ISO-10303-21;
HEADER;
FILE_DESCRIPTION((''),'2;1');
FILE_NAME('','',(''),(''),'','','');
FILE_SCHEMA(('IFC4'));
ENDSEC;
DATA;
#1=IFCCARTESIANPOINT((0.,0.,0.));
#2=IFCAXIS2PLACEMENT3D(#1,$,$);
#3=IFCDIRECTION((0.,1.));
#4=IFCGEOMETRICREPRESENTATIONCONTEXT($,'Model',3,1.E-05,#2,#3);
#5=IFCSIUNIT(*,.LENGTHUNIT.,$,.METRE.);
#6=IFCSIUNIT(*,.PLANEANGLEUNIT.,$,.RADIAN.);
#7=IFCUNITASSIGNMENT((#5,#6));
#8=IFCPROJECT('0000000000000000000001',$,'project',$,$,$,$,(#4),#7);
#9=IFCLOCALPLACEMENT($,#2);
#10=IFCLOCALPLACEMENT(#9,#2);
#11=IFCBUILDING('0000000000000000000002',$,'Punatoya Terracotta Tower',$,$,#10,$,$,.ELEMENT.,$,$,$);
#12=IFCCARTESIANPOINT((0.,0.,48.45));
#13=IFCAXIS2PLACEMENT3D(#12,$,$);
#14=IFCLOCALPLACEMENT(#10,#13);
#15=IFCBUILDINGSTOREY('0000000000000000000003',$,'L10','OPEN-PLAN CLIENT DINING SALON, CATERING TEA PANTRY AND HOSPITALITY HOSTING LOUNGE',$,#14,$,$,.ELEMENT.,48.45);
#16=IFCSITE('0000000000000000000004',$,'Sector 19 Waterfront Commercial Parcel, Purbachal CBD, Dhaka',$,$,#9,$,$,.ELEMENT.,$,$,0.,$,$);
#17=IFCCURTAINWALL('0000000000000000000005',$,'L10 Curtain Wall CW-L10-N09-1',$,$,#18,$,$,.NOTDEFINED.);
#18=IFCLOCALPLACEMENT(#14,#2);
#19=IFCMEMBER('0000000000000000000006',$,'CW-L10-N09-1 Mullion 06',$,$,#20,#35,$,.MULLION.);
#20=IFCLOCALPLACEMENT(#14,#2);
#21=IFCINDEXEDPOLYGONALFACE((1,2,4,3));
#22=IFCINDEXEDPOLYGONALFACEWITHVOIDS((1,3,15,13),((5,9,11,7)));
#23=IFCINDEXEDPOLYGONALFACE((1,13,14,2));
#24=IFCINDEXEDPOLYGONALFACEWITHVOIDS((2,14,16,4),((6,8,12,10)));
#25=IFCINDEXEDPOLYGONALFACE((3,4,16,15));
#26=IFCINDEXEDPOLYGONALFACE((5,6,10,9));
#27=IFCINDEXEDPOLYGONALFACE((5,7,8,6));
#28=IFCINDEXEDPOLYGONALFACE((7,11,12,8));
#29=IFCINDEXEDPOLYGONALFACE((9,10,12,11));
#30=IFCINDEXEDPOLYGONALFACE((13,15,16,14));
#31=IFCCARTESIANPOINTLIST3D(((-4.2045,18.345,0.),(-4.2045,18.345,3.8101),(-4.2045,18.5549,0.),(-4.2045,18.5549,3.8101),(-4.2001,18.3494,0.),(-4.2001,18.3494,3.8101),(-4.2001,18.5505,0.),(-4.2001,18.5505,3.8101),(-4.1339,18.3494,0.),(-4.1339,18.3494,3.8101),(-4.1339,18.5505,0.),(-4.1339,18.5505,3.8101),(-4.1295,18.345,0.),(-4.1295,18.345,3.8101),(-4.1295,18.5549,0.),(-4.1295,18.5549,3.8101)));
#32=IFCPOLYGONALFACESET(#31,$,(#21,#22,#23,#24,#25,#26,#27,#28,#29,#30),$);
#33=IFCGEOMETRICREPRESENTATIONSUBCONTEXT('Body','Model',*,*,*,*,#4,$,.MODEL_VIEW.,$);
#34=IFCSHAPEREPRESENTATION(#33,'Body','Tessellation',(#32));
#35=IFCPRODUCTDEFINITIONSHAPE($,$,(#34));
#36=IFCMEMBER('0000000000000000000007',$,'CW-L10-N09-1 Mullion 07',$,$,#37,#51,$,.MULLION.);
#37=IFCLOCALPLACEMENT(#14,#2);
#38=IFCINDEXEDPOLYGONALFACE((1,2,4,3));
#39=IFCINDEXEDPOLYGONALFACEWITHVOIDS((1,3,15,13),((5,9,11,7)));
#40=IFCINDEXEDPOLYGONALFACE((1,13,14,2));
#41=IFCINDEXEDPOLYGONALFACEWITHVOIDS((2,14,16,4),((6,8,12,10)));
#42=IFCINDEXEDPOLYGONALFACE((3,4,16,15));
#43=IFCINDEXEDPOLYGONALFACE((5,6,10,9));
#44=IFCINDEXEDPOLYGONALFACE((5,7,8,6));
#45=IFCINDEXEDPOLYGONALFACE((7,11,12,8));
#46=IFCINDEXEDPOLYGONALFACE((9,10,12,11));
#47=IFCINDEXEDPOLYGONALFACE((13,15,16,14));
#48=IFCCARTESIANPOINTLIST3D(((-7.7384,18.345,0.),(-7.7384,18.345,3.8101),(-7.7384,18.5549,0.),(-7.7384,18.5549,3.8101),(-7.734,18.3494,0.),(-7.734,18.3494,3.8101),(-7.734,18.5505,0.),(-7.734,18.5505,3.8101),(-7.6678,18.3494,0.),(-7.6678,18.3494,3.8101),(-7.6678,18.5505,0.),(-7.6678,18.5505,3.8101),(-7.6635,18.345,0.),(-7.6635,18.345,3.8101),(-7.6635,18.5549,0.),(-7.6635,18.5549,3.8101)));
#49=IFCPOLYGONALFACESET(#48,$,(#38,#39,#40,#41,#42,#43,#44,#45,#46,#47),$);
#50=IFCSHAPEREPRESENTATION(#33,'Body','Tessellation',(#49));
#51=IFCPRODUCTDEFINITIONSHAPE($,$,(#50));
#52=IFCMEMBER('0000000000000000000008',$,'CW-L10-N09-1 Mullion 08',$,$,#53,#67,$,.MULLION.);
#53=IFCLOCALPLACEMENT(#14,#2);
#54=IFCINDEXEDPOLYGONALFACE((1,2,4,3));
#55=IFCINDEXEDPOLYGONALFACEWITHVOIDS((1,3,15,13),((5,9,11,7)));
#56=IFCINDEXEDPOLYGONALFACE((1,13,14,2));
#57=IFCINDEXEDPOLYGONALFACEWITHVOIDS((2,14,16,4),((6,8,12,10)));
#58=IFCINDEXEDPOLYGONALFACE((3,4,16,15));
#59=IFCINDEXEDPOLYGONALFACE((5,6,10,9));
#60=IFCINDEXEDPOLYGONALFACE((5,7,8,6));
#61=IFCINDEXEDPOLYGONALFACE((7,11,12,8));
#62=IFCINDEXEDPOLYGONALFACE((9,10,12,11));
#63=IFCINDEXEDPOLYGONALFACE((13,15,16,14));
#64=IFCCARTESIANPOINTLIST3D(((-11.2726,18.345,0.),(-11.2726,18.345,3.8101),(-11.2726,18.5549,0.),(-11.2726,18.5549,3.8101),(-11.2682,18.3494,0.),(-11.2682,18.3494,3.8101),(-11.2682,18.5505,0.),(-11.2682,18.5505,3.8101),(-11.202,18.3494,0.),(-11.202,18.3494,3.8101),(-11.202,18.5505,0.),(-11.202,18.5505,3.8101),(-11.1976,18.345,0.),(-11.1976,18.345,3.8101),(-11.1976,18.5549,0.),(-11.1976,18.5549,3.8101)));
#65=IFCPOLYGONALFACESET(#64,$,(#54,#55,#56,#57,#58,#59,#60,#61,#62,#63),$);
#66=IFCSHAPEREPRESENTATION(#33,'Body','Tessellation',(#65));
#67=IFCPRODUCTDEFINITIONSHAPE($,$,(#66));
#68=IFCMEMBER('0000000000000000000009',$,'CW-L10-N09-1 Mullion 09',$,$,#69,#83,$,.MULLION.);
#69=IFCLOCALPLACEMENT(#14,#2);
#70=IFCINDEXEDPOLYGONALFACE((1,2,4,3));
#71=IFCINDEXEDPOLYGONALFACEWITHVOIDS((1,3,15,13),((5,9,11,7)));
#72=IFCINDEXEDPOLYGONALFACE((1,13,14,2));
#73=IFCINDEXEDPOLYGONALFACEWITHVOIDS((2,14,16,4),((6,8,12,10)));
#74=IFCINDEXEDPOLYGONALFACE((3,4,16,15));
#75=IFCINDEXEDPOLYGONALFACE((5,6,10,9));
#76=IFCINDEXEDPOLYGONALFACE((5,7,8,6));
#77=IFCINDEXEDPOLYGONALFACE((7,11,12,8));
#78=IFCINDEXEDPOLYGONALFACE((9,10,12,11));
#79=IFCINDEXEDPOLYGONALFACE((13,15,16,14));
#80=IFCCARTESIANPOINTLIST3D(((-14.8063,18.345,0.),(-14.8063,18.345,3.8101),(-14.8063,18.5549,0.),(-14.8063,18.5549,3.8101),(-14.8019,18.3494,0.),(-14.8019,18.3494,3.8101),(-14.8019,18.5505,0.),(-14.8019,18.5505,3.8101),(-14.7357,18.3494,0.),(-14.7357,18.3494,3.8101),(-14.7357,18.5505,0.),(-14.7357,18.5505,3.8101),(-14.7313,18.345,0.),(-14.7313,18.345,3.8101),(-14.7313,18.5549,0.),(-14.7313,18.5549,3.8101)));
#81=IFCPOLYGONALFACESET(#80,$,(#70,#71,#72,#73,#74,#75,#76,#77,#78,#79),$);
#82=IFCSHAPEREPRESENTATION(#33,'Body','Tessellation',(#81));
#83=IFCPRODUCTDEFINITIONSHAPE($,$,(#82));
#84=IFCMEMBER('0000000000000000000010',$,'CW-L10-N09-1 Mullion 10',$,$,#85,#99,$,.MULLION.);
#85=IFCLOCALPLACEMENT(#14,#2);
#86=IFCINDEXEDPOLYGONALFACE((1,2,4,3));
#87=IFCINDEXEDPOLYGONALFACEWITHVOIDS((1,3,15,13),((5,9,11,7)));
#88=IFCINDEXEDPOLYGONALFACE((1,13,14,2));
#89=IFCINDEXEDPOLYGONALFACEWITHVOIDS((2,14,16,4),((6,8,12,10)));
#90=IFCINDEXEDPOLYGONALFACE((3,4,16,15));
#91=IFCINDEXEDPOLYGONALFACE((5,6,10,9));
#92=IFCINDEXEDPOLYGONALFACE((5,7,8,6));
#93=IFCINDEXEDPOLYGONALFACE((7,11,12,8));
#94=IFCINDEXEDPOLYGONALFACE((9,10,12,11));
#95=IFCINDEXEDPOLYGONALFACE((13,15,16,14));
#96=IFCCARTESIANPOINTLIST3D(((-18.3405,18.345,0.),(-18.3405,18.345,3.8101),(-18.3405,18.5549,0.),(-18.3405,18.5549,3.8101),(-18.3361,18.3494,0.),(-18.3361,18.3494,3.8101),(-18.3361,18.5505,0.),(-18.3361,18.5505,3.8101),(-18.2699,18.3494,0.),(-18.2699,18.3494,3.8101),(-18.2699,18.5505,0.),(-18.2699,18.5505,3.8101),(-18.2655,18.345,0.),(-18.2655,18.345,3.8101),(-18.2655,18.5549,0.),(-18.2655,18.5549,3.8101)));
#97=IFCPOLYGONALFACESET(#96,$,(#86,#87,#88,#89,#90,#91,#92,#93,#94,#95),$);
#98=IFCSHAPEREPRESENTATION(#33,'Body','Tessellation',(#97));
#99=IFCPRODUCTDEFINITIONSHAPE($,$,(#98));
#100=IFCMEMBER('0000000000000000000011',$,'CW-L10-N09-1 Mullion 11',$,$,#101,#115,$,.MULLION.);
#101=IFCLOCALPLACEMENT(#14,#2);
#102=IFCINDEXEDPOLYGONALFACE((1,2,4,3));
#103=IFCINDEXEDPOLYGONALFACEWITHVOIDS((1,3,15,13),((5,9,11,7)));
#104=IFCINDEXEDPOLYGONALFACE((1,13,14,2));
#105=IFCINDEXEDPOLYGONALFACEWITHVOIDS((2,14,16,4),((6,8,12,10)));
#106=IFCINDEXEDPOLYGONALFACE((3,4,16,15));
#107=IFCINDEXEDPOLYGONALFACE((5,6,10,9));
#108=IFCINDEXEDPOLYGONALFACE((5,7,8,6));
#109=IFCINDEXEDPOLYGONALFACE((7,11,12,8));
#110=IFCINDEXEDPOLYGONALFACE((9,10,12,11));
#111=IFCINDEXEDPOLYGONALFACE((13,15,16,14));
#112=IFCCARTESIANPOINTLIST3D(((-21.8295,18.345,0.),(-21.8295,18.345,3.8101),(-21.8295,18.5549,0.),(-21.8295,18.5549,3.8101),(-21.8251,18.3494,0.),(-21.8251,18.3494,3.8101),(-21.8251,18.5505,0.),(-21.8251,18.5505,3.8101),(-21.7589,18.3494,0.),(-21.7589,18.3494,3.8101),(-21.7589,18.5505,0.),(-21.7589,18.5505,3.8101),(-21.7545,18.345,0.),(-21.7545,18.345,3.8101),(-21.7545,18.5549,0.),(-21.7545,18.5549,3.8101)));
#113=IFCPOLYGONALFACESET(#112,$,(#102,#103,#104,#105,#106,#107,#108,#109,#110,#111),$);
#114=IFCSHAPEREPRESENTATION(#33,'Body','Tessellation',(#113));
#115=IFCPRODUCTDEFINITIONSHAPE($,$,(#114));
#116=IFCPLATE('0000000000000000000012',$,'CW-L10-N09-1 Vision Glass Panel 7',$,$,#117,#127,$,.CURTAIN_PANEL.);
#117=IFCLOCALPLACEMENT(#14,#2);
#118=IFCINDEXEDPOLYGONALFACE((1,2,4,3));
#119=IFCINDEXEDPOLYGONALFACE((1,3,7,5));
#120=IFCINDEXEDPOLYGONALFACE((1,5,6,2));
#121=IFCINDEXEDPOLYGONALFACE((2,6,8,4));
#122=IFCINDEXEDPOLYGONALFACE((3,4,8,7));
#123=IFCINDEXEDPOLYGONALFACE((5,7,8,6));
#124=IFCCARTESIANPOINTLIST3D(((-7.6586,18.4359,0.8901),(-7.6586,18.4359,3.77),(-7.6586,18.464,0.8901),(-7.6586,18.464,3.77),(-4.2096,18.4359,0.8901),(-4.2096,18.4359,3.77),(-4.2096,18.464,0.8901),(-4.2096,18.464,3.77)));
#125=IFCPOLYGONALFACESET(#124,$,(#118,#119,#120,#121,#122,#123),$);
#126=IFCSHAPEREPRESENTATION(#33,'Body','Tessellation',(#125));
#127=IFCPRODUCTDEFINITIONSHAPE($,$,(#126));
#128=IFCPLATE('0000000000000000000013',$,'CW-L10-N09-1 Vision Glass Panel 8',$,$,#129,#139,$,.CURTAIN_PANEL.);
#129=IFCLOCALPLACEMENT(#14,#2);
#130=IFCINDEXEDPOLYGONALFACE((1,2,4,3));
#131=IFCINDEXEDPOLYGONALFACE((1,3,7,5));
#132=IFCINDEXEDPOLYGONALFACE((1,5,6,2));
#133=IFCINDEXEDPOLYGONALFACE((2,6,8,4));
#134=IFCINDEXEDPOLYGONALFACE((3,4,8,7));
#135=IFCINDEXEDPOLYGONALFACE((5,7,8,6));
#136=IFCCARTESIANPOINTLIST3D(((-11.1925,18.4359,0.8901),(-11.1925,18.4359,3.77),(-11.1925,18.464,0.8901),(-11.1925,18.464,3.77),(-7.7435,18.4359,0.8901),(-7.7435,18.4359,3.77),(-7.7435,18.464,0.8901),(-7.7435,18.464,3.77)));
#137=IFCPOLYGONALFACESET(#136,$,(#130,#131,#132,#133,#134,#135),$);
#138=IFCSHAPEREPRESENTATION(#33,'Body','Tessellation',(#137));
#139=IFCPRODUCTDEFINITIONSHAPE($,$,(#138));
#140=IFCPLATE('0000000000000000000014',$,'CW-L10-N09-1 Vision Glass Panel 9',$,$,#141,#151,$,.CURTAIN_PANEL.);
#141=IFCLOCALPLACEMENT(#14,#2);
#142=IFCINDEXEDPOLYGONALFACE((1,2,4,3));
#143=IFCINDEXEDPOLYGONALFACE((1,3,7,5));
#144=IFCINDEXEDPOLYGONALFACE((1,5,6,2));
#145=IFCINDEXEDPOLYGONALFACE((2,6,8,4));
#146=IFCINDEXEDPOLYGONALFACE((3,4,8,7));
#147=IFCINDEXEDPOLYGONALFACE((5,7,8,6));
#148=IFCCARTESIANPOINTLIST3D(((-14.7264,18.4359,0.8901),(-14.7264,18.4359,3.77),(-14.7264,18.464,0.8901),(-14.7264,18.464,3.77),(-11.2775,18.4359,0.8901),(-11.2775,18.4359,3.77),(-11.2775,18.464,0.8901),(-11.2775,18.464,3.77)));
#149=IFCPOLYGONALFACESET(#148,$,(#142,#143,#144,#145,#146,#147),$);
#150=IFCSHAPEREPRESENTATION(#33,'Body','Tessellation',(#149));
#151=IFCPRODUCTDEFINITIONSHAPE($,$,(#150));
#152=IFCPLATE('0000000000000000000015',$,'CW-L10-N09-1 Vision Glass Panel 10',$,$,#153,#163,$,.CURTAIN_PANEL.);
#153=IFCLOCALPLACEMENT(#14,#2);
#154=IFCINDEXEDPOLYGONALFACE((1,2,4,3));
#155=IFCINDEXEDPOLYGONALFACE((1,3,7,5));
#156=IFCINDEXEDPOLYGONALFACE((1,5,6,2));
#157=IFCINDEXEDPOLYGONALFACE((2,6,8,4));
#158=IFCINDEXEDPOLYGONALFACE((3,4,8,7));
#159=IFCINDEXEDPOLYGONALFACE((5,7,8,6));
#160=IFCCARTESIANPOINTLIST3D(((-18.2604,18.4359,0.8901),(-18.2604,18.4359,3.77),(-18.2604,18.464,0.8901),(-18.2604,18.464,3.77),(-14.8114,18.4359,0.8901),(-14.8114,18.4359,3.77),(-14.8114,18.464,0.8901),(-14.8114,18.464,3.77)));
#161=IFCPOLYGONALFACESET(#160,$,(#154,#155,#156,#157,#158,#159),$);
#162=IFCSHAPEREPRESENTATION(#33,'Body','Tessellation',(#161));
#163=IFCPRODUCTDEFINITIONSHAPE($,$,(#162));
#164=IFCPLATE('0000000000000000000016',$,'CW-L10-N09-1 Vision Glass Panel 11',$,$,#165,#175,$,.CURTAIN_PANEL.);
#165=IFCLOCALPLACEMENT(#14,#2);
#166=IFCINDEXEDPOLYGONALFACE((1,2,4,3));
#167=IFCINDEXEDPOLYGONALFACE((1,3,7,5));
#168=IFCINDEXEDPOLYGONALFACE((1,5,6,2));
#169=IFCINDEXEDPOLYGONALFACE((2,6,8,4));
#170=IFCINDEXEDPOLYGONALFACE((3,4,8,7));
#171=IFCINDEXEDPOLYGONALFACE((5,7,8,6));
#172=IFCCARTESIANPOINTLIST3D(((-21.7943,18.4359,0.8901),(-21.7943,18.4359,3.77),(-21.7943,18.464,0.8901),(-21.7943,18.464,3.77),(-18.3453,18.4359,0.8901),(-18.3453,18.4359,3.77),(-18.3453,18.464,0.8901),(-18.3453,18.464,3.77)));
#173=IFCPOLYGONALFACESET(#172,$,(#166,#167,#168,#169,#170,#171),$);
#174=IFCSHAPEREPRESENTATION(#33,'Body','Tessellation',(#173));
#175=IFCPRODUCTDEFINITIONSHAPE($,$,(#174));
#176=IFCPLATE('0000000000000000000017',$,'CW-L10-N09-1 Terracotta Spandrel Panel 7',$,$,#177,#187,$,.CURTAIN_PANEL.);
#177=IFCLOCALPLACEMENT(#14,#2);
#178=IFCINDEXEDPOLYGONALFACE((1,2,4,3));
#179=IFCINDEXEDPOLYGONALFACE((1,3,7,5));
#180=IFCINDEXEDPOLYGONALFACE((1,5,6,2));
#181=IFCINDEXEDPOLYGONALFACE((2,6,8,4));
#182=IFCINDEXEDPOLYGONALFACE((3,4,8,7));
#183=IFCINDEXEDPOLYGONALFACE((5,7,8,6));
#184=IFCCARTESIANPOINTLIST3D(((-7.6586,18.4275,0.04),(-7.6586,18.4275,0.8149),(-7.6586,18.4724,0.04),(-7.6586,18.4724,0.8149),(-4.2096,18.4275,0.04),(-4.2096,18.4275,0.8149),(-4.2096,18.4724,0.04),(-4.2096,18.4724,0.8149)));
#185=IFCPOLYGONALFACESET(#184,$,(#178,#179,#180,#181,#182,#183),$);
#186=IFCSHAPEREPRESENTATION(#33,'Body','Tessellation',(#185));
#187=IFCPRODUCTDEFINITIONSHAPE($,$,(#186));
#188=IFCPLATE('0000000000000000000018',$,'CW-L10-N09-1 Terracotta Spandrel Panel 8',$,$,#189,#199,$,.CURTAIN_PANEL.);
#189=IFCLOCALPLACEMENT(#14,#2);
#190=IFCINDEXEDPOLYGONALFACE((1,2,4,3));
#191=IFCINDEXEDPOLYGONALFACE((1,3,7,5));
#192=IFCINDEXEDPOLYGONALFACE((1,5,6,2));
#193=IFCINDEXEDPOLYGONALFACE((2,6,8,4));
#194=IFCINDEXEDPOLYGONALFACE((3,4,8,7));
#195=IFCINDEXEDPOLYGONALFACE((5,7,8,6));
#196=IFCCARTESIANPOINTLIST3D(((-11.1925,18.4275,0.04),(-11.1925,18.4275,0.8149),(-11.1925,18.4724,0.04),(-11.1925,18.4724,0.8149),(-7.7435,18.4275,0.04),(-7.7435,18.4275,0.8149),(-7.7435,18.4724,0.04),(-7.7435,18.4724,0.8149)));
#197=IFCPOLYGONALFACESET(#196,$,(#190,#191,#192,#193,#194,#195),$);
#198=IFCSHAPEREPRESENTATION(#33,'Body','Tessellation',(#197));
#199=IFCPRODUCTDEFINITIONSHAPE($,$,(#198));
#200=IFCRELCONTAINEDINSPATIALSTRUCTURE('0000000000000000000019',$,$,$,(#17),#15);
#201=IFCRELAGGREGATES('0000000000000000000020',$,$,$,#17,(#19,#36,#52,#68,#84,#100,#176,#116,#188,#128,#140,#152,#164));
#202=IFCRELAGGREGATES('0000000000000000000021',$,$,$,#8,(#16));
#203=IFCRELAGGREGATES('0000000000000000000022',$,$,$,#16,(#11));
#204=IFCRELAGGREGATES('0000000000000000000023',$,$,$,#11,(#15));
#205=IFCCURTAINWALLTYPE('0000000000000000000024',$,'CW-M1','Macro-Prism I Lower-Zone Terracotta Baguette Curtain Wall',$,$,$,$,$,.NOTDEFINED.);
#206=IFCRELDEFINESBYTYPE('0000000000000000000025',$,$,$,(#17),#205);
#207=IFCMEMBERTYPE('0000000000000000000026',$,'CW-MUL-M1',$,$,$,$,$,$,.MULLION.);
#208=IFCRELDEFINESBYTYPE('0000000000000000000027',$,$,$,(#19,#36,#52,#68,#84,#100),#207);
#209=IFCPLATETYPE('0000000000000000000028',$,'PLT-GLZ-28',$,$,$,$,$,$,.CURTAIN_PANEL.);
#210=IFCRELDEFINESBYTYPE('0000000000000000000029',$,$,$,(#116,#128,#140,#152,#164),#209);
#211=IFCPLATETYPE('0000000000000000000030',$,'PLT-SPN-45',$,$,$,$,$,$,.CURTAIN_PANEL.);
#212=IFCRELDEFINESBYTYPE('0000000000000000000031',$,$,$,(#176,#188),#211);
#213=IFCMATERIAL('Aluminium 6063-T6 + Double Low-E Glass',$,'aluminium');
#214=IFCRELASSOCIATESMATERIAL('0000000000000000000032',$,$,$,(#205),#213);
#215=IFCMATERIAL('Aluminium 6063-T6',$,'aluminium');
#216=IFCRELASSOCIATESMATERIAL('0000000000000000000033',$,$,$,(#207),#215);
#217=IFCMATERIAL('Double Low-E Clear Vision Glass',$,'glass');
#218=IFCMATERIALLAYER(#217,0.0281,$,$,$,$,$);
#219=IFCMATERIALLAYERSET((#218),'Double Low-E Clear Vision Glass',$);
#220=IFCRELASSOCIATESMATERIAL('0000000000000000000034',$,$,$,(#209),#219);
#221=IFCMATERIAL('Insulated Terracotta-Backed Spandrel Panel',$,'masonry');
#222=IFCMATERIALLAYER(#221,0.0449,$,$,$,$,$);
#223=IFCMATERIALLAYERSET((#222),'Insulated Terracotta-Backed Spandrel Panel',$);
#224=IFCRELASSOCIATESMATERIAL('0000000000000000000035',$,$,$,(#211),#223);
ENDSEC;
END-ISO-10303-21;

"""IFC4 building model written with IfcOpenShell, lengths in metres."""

from ifc_helpers import new_model, si_unit, direction, frame, origin, origin_2d, place, context, subcontext, project, spatial, rectangle, hollow_rectangle, extrude, material, layer, layer_set, material_profile, profile_set, type_object, element, aggregate, save


model = new_model("IFC4")

# Units and contexts
model_context = context("Model", 3, precision=1e-05, world=origin(), true_north=direction((0.0, 1.0)))
body_context = subcontext(model_context, "Body", "Model", "MODEL_VIEW")
ifc_project = project(units=[si_unit("LENGTHUNIT", "METRE"), si_unit("PLANEANGLEUNIT", "RADIAN")], contexts=[model_context])

# Site, building, storey
site_placement = place(None, origin())
site = spatial("IfcSite", under=ifc_project, at=site_placement, Name="Sector 19 Waterfront Commercial Parcel, Purbachal CBD, Dhaka", CompositionType="ELEMENT", RefElevation=0.0)
building_placement = place(site_placement, origin())
building = spatial("IfcBuilding", under=site, at=building_placement, Name="Punatoya Terracotta Tower", CompositionType="ELEMENT")
storey_placement = place(building_placement, frame((0.0, 0.0, 48.45)))
storey = spatial("IfcBuildingStorey", under=building, at=storey_placement, Name="L10", Description="OPEN-PLAN CLIENT DINING SALON, CATERING TEA PANTRY AND HOSPITALITY HOSTING LOUNGE", CompositionType="ELEMENT", Elevation=48.45)

# Curtain wall, members, plates
ifc_material_1 = material(Name="Aluminium 6063-T6 + Double Low-E Glass", Category="aluminium")
curtain_wall_type = type_object("IfcCurtainWallType", Name="CW-M1", Description="Macro-Prism I Lower-Zone Terracotta Baguette Curtain Wall", PredefinedType="NOTDEFINED", material=ifc_material_1)
curtain_wall_placement = place(storey_placement, origin())
curtain_wall = element("IfcCurtainWall", 1, at=curtain_wall_placement, inside=storey, type_object=curtain_wall_type, Name="L10 Curtain Wall CW-L10-N09-1", PredefinedType="NOTDEFINED")
ifc_material_2 = material(Name="Aluminium 6063-T6", Category="aluminium")
ifc_material_profile_1 = material_profile(ifc_material_2, hollow_rectangle(XDim=0.075, YDim=0.21, WallThickness=0.0044, at=origin_2d()))
ifc_profile_set_1 = profile_set([ifc_material_profile_1], Name="Aluminium 6063-T6")
member_type = type_object("IfcMemberType", Name="CW-MUL-M1", PredefinedType="MULLION", material=ifc_profile_set_1)
member_1_placement = place(storey_placement, frame((-4.167, 18.45, 0.0), z_axis=(0.0, 0.0, 1.0), x_axis=(1.0, 0.0, 0.0)))
member_1 = element("IfcMember", 2, at=member_1_placement, type_object=member_type, Name="CW-L10-N09-1 Mullion 06", PredefinedType="MULLION", context=body_context, shape_type="SweptSolid", body=[
    extrude(hollow_rectangle(XDim=0.075, YDim=0.21, WallThickness=0.0044, at=origin_2d()), origin(), (0.0, 0.0, 1.0), 3.8101),
])
member_2_placement = place(storey_placement, frame((-7.7009, 18.45, 0.0), z_axis=(0.0, 0.0, 1.0), x_axis=(1.0, 0.0, 0.0)))
member_2 = element("IfcMember", 3, at=member_2_placement, type_object=member_type, Name="CW-L10-N09-1 Mullion 07", PredefinedType="MULLION", context=body_context, shape_type="SweptSolid", body=[
    extrude(hollow_rectangle(XDim=0.075, YDim=0.21, WallThickness=0.0044, at=origin_2d()), origin(), (0.0, 0.0, 1.0), 3.8101),
])
member_3_placement = place(storey_placement, frame((-11.2351, 18.45, 0.0), z_axis=(0.0, 0.0, 1.0), x_axis=(1.0, 0.0, 0.0)))
member_3 = element("IfcMember", 4, at=member_3_placement, type_object=member_type, Name="CW-L10-N09-1 Mullion 08", PredefinedType="MULLION", context=body_context, shape_type="SweptSolid", body=[
    extrude(hollow_rectangle(XDim=0.075, YDim=0.21, WallThickness=0.0044, at=origin_2d()), origin(), (0.0, 0.0, 1.0), 3.8101),
])
member_4_placement = place(storey_placement, frame((-14.7688, 18.45, 0.0), z_axis=(0.0, 0.0, 1.0), x_axis=(1.0, 0.0, 0.0)))
member_4 = element("IfcMember", 5, at=member_4_placement, type_object=member_type, Name="CW-L10-N09-1 Mullion 09", PredefinedType="MULLION", context=body_context, shape_type="SweptSolid", body=[
    extrude(hollow_rectangle(XDim=0.075, YDim=0.21, WallThickness=0.0044, at=origin_2d()), origin(), (0.0, 0.0, 1.0), 3.8101),
])
member_5_placement = place(storey_placement, frame((-18.303, 18.45, 0.0), z_axis=(0.0, 0.0, 1.0), x_axis=(1.0, 0.0, 0.0)))
member_5 = element("IfcMember", 6, at=member_5_placement, type_object=member_type, Name="CW-L10-N09-1 Mullion 10", PredefinedType="MULLION", context=body_context, shape_type="SweptSolid", body=[
    extrude(hollow_rectangle(XDim=0.075, YDim=0.21, WallThickness=0.0044, at=origin_2d()), origin(), (0.0, 0.0, 1.0), 3.8101),
])
member_6_placement = place(storey_placement, frame((-21.792, 18.45, 0.0), z_axis=(0.0, 0.0, 1.0), x_axis=(1.0, 0.0, 0.0)))
member_6 = element("IfcMember", 7, at=member_6_placement, type_object=member_type, Name="CW-L10-N09-1 Mullion 11", PredefinedType="MULLION", context=body_context, shape_type="SweptSolid", body=[
    extrude(hollow_rectangle(XDim=0.075, YDim=0.21, WallThickness=0.0044, at=origin_2d()), origin(), (0.0, 0.0, 1.0), 3.8101),
])
ifc_material_3 = material(Name="Double Low-E Clear Vision Glass", Category="glass")
ifc_layer_1 = layer(ifc_material_3, 0.0281)
ifc_layer_set_1 = layer_set([ifc_layer_1], Name="Double Low-E Clear Vision Glass")
plate_type_1 = type_object("IfcPlateType", Name="PLT-GLZ-28", PredefinedType="CURTAIN_PANEL", material=ifc_layer_set_1)
plate_1_placement = place(storey_placement, frame((-5.9341, 18.45, 0.8901), z_axis=(0.0, 0.0, 1.0), x_axis=(-1.0, 0.0, 0.0)))
plate_1 = element("IfcPlate", 8, at=plate_1_placement, type_object=plate_type_1, Name="CW-L10-N09-1 Vision Glass Panel 7", PredefinedType="CURTAIN_PANEL", context=body_context, shape_type="SweptSolid", body=[
    extrude(rectangle(XDim=3.449, YDim=0.0281, at=origin_2d()), origin(), (0.0, 0.0, 1.0), 2.8799),
])
plate_2_placement = place(storey_placement, frame((-9.468, 18.45, 0.8901), z_axis=(0.0, 0.0, 1.0), x_axis=(-1.0, 0.0, 0.0)))
plate_2 = element("IfcPlate", 9, at=plate_2_placement, type_object=plate_type_1, Name="CW-L10-N09-1 Vision Glass Panel 8", PredefinedType="CURTAIN_PANEL", context=body_context, shape_type="SweptSolid", body=[
    extrude(rectangle(XDim=3.449, YDim=0.0281, at=origin_2d()), origin(), (0.0, 0.0, 1.0), 2.8799),
])
plate_3_placement = place(storey_placement, frame((-13.002, 18.45, 0.8901), z_axis=(0.0, 0.0, 1.0), x_axis=(-1.0, 0.0, 0.0)))
plate_3 = element("IfcPlate", 10, at=plate_3_placement, type_object=plate_type_1, Name="CW-L10-N09-1 Vision Glass Panel 9", PredefinedType="CURTAIN_PANEL", context=body_context, shape_type="SweptSolid", body=[
    extrude(rectangle(XDim=3.449, YDim=0.0281, at=origin_2d()), origin(), (0.0, 0.0, 1.0), 2.8799),
])
plate_4_placement = place(storey_placement, frame((-16.5359, 18.45, 0.8901), z_axis=(0.0, 0.0, 1.0), x_axis=(-1.0, 0.0, 0.0)))
plate_4 = element("IfcPlate", 11, at=plate_4_placement, type_object=plate_type_1, Name="CW-L10-N09-1 Vision Glass Panel 10", PredefinedType="CURTAIN_PANEL", context=body_context, shape_type="SweptSolid", body=[
    extrude(rectangle(XDim=3.449, YDim=0.0281, at=origin_2d()), origin(), (0.0, 0.0, 1.0), 2.8799),
])
plate_5_placement = place(storey_placement, frame((-20.0698, 18.45, 0.8901), z_axis=(0.0, 0.0, 1.0), x_axis=(-1.0, 0.0, 0.0)))
plate_5 = element("IfcPlate", 12, at=plate_5_placement, type_object=plate_type_1, Name="CW-L10-N09-1 Vision Glass Panel 11", PredefinedType="CURTAIN_PANEL", context=body_context, shape_type="SweptSolid", body=[
    extrude(rectangle(XDim=3.449, YDim=0.0281, at=origin_2d()), origin(), (0.0, 0.0, 1.0), 2.8799),
])
ifc_material_4 = material(Name="Insulated Terracotta-Backed Spandrel Panel", Category="masonry")
ifc_layer_2 = layer(ifc_material_4, 0.0449)
ifc_layer_set_2 = layer_set([ifc_layer_2], Name="Insulated Terracotta-Backed Spandrel Panel")
plate_type_2 = type_object("IfcPlateType", Name="PLT-SPN-45", PredefinedType="CURTAIN_PANEL", material=ifc_layer_set_2)
plate_6_placement = place(storey_placement, frame((-5.9341, 18.45, 0.04), z_axis=(0.0, 0.0, 1.0), x_axis=(-1.0, 0.0, 0.0)))
plate_6 = element("IfcPlate", 13, at=plate_6_placement, type_object=plate_type_2, Name="CW-L10-N09-1 Terracotta Spandrel Panel 7", PredefinedType="CURTAIN_PANEL", context=body_context, shape_type="SweptSolid", body=[
    extrude(rectangle(XDim=3.449, YDim=0.0449, at=origin_2d()), origin(), (0.0, 0.0, 1.0), 0.7749),
])
plate_7_placement = place(storey_placement, frame((-9.468, 18.45, 0.04), z_axis=(0.0, 0.0, 1.0), x_axis=(-1.0, 0.0, 0.0)))
plate_7 = element("IfcPlate", 14, at=plate_7_placement, type_object=plate_type_2, Name="CW-L10-N09-1 Terracotta Spandrel Panel 8", PredefinedType="CURTAIN_PANEL", context=body_context, shape_type="SweptSolid", body=[
    extrude(rectangle(XDim=3.449, YDim=0.0449, at=origin_2d()), origin(), (0.0, 0.0, 1.0), 0.7749),
])
aggregate(curtain_wall, [member_1, member_2, member_3, member_4, member_5, member_6, plate_6, plate_1, plate_7, plate_2, plate_3, plate_4, plate_5])

save(model, "model.ifc")
